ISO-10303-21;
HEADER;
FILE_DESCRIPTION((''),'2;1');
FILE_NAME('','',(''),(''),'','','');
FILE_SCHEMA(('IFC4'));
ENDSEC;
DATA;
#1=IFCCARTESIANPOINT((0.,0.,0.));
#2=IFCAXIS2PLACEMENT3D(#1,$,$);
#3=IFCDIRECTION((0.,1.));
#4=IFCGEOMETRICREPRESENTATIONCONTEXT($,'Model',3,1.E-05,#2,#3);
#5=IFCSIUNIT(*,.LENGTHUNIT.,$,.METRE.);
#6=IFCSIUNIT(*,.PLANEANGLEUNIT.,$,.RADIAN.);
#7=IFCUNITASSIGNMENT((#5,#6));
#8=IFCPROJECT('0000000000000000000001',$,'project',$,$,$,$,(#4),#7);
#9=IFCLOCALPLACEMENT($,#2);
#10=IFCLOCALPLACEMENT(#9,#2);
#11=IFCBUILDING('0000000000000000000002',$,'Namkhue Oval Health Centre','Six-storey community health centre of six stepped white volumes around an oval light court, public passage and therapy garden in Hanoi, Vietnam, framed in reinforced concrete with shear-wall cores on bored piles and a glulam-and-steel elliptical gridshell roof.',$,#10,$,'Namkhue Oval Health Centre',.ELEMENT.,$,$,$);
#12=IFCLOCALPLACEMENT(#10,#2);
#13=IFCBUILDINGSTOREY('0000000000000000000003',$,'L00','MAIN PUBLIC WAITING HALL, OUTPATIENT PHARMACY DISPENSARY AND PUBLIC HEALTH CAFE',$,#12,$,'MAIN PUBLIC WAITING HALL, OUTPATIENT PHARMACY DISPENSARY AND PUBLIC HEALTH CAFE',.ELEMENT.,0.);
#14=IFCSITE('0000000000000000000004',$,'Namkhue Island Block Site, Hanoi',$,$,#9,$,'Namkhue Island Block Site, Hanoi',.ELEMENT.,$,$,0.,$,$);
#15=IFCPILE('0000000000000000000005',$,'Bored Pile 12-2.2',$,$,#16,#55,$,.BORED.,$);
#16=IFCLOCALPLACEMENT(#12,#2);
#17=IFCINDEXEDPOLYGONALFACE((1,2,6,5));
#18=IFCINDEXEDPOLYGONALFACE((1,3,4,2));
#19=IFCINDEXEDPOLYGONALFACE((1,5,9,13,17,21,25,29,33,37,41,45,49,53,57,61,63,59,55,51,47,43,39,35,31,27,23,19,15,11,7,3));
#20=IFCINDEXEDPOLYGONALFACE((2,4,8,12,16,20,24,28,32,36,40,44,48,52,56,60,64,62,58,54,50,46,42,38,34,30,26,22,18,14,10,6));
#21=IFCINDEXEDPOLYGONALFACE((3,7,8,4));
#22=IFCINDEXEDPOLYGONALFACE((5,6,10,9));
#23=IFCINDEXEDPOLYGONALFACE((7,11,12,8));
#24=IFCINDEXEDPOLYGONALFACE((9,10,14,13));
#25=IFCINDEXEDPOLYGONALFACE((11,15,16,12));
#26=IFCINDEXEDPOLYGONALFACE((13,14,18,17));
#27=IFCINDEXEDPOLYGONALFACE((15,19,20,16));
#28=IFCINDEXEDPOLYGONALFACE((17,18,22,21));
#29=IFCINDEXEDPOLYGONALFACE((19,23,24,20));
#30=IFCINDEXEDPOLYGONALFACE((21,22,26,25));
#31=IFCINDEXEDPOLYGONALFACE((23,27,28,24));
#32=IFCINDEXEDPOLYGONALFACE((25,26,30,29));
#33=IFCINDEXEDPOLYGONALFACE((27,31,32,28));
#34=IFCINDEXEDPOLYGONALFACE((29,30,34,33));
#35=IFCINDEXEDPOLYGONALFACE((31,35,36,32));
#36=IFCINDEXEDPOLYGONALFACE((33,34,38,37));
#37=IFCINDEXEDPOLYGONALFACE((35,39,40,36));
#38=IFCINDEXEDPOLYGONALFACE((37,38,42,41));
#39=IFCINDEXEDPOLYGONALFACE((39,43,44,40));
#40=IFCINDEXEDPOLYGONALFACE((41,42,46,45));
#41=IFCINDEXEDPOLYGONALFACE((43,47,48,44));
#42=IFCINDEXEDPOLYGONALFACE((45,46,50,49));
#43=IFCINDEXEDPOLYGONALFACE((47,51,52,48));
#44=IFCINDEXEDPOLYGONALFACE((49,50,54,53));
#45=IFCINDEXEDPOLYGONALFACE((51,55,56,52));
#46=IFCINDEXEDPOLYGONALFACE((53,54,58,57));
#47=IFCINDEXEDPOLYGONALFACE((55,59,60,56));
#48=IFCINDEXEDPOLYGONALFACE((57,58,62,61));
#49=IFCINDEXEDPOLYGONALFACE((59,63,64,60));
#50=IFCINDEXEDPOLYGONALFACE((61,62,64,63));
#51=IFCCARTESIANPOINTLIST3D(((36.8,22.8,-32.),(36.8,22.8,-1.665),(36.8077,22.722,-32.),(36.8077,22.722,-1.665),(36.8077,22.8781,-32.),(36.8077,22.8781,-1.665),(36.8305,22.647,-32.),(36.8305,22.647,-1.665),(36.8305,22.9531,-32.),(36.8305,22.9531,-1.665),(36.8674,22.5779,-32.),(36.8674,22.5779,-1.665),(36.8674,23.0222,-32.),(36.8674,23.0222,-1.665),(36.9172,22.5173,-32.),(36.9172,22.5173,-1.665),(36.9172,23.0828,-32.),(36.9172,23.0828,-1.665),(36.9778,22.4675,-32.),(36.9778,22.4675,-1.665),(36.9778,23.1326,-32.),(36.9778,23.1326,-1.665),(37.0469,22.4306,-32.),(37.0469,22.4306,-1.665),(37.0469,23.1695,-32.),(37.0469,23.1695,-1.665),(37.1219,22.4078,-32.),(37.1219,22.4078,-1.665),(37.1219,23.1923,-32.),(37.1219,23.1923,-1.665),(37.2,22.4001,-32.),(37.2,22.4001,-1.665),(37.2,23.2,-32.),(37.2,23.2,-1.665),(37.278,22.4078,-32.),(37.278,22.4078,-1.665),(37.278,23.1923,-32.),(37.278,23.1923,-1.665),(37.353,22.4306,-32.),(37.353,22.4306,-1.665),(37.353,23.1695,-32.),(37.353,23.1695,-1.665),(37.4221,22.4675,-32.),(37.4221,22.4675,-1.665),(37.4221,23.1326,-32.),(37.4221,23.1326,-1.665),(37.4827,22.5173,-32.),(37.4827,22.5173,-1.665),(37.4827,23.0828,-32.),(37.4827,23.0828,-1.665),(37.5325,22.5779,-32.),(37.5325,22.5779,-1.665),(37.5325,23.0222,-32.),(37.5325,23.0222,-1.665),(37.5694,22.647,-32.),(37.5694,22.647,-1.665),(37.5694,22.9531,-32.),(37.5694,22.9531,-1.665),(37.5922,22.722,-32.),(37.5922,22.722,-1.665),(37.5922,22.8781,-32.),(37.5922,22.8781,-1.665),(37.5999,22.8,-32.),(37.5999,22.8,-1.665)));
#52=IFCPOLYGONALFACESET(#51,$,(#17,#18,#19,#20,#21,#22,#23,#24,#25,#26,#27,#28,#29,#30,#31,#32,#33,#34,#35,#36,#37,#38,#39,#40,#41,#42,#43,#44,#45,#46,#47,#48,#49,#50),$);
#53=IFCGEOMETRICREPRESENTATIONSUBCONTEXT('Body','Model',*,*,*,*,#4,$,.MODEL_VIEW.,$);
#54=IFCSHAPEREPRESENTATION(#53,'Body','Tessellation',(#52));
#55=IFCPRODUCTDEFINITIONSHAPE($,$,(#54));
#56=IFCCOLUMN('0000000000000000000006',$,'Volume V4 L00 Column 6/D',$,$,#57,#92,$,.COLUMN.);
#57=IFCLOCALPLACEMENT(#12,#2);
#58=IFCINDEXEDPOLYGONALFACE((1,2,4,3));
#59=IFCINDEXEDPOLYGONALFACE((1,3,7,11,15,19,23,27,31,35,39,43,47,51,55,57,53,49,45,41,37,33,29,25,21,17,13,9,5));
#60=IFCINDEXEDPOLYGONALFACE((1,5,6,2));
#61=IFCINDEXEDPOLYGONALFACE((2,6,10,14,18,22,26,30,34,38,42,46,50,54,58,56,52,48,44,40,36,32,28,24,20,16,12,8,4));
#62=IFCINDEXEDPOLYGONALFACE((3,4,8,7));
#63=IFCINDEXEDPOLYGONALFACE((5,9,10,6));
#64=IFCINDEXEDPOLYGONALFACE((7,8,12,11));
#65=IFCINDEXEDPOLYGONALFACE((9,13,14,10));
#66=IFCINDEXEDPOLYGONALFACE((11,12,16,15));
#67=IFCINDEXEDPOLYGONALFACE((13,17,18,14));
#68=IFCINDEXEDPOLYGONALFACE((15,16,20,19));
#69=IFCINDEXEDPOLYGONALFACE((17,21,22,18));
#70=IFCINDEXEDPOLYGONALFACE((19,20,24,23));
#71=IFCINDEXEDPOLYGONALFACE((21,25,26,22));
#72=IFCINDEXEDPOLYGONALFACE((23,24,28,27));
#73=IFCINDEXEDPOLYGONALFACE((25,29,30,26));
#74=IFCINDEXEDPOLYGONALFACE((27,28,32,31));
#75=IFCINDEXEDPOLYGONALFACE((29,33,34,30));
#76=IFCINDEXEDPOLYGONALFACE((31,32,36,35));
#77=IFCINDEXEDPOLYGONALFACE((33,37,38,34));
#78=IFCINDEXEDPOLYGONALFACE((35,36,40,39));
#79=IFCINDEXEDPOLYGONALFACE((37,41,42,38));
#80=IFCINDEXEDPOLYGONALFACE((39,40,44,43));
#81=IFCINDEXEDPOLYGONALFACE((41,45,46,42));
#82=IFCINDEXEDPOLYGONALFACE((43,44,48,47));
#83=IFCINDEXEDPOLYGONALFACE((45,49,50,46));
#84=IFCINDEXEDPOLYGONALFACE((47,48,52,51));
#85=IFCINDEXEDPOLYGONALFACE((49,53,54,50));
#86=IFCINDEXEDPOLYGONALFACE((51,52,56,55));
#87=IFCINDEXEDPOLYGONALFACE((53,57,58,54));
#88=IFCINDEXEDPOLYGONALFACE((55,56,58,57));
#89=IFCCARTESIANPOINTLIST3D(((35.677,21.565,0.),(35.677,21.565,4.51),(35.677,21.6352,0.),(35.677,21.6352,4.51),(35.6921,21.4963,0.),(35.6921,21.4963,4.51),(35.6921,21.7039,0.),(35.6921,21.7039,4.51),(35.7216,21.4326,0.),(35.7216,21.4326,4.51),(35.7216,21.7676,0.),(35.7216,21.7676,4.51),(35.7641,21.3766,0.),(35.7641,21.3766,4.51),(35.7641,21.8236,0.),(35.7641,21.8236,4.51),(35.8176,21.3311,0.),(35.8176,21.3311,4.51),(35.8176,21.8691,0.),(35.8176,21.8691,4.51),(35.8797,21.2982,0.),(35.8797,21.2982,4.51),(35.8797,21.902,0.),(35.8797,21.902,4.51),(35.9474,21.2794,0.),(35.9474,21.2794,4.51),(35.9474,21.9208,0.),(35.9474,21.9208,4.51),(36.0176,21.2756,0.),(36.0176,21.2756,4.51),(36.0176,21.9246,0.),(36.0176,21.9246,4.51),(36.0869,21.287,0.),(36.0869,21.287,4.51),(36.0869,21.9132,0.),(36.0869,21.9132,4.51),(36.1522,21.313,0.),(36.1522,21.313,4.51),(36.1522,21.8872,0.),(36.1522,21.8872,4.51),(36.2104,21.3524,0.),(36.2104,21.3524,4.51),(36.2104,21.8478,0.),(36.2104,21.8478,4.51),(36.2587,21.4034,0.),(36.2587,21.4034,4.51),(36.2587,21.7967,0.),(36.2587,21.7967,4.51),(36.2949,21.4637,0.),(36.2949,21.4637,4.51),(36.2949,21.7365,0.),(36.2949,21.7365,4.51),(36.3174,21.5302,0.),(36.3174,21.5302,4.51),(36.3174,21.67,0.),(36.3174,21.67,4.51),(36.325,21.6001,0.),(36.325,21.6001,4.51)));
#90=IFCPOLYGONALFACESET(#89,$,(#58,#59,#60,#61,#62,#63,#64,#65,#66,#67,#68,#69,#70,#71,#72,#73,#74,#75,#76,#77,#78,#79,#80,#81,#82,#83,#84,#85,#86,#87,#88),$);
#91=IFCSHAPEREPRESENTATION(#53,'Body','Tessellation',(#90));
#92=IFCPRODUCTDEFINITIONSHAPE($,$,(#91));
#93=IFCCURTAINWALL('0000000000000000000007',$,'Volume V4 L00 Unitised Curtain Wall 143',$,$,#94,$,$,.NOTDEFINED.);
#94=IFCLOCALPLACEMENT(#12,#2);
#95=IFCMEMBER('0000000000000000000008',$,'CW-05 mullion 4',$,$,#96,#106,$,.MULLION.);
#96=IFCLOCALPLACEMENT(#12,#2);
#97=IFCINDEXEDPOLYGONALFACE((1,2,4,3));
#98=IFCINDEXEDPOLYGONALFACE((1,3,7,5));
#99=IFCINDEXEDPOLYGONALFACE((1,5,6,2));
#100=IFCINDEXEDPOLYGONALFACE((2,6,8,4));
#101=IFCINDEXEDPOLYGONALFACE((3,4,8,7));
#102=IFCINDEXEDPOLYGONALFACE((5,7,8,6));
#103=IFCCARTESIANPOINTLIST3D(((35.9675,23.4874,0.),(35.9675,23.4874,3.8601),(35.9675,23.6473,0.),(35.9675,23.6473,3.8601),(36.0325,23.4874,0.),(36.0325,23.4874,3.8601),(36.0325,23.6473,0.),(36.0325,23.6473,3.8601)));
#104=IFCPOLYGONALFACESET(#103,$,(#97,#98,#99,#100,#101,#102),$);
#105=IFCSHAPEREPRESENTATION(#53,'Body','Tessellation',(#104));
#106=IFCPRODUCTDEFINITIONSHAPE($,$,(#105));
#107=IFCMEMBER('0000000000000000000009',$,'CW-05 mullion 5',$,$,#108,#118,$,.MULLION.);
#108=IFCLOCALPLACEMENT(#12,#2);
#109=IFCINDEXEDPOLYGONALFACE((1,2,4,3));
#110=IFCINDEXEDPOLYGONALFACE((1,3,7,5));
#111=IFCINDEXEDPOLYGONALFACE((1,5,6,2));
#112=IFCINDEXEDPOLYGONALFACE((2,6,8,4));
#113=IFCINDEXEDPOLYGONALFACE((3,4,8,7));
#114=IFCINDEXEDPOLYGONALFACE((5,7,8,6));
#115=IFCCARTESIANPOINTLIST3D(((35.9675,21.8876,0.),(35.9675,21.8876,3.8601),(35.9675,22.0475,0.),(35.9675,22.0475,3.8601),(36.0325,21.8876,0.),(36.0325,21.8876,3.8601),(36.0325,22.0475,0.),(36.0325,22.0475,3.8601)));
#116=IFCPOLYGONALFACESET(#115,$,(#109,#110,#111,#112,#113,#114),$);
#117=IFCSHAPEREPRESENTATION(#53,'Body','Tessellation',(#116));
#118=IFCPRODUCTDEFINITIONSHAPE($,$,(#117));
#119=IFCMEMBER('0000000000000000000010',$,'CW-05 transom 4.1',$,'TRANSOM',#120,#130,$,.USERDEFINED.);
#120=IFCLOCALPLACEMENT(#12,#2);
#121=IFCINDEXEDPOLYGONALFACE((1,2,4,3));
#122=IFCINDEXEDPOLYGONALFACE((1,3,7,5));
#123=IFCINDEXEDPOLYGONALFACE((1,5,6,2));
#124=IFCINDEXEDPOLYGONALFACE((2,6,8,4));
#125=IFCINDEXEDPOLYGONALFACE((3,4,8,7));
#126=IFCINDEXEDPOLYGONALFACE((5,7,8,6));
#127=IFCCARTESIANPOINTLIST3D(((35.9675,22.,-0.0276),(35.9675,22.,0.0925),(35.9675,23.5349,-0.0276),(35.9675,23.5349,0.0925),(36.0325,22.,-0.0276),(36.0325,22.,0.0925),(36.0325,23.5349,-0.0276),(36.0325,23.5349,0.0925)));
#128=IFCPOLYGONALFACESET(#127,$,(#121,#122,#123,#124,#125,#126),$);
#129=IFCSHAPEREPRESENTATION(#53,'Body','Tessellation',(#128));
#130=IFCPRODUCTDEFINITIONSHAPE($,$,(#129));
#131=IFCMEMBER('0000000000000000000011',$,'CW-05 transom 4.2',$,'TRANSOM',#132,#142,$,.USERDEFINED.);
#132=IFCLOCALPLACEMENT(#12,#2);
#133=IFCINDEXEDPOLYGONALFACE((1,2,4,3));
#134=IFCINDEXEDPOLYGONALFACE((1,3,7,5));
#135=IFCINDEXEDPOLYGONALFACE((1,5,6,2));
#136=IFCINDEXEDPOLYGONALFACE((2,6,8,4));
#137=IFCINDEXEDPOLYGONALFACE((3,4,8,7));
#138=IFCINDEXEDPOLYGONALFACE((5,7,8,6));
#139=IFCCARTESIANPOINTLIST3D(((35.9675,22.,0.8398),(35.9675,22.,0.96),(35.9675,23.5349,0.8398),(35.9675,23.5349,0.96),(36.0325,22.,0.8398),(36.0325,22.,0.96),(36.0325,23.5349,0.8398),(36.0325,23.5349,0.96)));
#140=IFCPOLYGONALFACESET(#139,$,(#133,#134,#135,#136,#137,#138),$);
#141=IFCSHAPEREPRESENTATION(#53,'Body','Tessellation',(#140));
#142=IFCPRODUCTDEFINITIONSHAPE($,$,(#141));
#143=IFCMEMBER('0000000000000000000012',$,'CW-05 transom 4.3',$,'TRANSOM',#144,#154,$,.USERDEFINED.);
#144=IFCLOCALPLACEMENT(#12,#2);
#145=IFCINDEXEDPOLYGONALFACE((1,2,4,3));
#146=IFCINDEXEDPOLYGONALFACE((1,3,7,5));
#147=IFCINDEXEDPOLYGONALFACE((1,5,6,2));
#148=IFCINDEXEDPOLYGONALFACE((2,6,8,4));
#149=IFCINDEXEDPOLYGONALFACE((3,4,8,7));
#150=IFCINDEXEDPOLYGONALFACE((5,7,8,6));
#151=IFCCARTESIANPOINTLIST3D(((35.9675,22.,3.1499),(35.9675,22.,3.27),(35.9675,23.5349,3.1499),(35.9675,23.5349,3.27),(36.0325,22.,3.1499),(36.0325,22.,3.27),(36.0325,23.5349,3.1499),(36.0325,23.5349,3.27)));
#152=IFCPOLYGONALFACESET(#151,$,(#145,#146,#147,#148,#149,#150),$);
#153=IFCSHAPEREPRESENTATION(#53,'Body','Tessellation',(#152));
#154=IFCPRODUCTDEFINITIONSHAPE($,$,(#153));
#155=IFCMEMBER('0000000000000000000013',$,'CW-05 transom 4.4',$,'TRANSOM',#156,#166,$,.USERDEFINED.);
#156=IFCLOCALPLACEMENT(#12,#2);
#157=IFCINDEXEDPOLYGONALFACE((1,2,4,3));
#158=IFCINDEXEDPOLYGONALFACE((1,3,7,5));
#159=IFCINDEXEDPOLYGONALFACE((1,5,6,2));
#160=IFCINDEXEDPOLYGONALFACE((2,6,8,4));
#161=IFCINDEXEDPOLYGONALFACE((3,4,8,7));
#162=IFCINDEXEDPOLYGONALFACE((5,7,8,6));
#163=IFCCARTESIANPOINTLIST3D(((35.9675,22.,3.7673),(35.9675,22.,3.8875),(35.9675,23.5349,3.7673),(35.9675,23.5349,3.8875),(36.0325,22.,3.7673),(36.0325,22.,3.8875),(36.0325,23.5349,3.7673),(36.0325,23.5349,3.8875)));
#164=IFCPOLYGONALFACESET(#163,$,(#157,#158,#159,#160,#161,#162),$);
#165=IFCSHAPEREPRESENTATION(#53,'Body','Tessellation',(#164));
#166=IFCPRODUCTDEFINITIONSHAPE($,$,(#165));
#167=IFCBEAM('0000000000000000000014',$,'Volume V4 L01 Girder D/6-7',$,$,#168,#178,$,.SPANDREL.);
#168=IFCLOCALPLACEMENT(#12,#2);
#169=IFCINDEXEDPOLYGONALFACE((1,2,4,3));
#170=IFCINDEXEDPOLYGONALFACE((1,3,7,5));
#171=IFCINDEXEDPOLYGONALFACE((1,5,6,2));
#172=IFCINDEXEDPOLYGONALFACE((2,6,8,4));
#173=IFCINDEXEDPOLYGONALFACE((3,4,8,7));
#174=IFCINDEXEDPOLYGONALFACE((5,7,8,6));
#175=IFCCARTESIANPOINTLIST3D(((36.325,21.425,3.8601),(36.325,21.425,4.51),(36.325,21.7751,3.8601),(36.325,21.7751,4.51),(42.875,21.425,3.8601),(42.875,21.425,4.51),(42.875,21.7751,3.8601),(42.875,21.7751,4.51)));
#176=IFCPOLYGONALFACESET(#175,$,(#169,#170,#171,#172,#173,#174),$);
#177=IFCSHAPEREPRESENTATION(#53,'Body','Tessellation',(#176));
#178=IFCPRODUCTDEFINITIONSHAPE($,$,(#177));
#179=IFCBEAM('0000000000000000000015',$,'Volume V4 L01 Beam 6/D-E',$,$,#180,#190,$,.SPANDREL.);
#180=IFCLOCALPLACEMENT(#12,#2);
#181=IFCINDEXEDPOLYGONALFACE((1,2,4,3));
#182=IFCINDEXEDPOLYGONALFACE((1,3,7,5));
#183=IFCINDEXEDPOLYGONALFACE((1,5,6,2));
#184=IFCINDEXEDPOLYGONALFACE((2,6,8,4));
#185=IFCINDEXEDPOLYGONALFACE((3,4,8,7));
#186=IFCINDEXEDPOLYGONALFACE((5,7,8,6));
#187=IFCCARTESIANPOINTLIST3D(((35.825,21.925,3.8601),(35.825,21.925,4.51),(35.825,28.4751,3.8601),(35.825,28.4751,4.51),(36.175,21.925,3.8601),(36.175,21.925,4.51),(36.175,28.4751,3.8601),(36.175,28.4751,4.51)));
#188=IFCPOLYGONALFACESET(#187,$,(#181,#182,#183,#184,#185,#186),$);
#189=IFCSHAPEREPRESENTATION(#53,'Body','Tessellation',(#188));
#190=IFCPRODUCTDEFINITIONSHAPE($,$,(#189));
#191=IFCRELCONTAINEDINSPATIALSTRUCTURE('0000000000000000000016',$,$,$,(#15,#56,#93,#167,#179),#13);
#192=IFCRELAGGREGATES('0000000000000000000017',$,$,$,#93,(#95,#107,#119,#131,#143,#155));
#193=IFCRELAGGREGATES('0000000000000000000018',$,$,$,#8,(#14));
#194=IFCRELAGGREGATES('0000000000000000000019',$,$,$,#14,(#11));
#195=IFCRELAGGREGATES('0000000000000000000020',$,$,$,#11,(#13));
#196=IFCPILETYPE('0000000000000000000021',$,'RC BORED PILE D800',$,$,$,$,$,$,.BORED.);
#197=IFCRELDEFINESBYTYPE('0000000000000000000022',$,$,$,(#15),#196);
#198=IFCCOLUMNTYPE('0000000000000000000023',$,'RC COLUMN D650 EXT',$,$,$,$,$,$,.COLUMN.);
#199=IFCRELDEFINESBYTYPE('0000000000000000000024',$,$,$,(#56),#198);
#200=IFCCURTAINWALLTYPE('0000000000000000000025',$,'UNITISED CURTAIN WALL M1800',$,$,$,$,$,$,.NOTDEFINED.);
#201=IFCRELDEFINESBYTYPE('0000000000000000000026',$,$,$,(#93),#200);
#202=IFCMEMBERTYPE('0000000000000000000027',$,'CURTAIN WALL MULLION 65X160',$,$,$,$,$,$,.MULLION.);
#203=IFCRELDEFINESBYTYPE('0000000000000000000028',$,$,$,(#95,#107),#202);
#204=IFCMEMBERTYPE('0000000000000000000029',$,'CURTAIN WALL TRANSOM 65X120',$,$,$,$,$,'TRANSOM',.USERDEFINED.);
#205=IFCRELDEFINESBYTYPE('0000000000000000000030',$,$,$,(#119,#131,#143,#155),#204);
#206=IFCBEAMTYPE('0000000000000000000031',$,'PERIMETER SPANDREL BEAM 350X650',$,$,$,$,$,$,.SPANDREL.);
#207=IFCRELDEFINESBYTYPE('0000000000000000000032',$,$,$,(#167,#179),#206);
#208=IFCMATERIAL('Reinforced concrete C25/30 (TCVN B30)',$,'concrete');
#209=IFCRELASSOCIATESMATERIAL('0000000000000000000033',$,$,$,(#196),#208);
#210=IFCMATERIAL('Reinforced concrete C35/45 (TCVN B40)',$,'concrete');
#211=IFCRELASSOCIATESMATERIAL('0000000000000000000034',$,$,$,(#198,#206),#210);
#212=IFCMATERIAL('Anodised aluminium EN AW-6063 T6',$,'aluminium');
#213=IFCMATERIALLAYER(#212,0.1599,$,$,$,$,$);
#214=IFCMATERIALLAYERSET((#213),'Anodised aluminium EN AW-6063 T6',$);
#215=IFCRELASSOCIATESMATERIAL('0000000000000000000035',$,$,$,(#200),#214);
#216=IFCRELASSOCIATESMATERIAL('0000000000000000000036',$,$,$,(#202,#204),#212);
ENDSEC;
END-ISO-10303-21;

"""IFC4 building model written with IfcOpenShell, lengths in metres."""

from ifc_helpers import new_model, si_unit, direction, frame, origin, origin_2d, place, context, subcontext, project, spatial, rectangle, circle, extrude, material, layer, layer_set, material_profile, profile_set, type_object, element, aggregate, save


model = new_model("IFC4")

# Units and contexts
model_context = context("Model", 3, precision=1e-05, world=origin(), true_north=direction((0.0, 1.0)))
body_context = subcontext(model_context, "Body", "Model", "MODEL_VIEW")
ifc_project = project(units=[si_unit("LENGTHUNIT", "METRE"), si_unit("PLANEANGLEUNIT", "RADIAN")], contexts=[model_context])

# Site, building, storey
site_placement = place(None, origin())
site = spatial("IfcSite", under=ifc_project, at=site_placement, Name="Namkhue Island Block Site, Hanoi", LongName="Namkhue Island Block Site, Hanoi", CompositionType="ELEMENT", RefElevation=0.0)
building_placement = place(site_placement, origin())
building = spatial("IfcBuilding", under=site, at=building_placement, Name="Namkhue Oval Health Centre", Description="Six-storey community health centre of six stepped white volumes around an oval light court, public passage and therapy garden in Hanoi, Vietnam, framed in reinforced concrete with shear-wall cores on bored piles and a glulam-and-steel elliptical gridshell roof.", LongName="Namkhue Oval Health Centre", CompositionType="ELEMENT")
storey_placement = place(building_placement, origin())
storey = spatial("IfcBuildingStorey", under=building, at=storey_placement, Name="L00", Description="MAIN PUBLIC WAITING HALL, OUTPATIENT PHARMACY DISPENSARY AND PUBLIC HEALTH CAFE", LongName="MAIN PUBLIC WAITING HALL, OUTPATIENT PHARMACY DISPENSARY AND PUBLIC HEALTH CAFE", CompositionType="ELEMENT", Elevation=0.0)

# Pile
ifc_material_1 = material(Name="Reinforced concrete C25/30 (TCVN B30)", Category="concrete")
ifc_material_profile_1 = material_profile(ifc_material_1, circle(Radius=0.3999, at=origin_2d()), Name="BORED PILE D800")
ifc_profile_set_1 = profile_set([ifc_material_profile_1], Name="Reinforced concrete C25/30 (TCVN B30)")
pile_type = type_object("IfcPileType", Name="RC BORED PILE D800", PredefinedType="BORED", material=ifc_profile_set_1)
for number, where, z_axis, x_axis, name in (
    (1, (37.2, 22.8, -1.665), (0.0, 0.0, -1.0), (1.0, 0.0, 0.0), "Bored Pile 12-2.2"),
):
    element("IfcPile", number, at=place(storey_placement, frame(where, z_axis=z_axis, x_axis=x_axis)), inside=storey, type_object=pile_type, Name=name, PredefinedType="BORED", context=body_context, shape_type="SweptSolid", body=[
        extrude(circle(Radius=0.3999, at=origin_2d()), origin(), (0.0, 0.0, 1.0), 30.335),
    ])

# Column
ifc_material_2 = material(Name="Reinforced concrete C35/45 (TCVN B40)", Category="concrete")
ifc_material_profile_2 = material_profile(ifc_material_2, circle(Radius=0.325, at=origin_2d()), Name="RC D650")
ifc_profile_set_2 = profile_set([ifc_material_profile_2], Name="Reinforced concrete C35/45 (TCVN B40)")
column_type = type_object("IfcColumnType", Name="RC COLUMN D650 EXT", PredefinedType="COLUMN", material=ifc_profile_set_2)
column_placement = place(storey_placement, frame((36.0, 21.6001, 0.0), z_axis=(0.0, 0.0, 1.0), x_axis=(1.0, 0.0, 0.0)))
element("IfcColumn", 2, at=column_placement, inside=storey, type_object=column_type, Name="Volume V4 L00 Column 6/D", PredefinedType="COLUMN", context=body_context, shape_type="SweptSolid", body=[
    extrude(circle(Radius=0.325, at=origin_2d()), origin(), (0.0, 0.0, 1.0), 4.51),
])

# Curtain wall, members
ifc_material_3 = material(Name="Anodised aluminium EN AW-6063 T6", Category="aluminium")
ifc_layer_1 = layer(ifc_material_3, 0.1599)
ifc_layer_set_1 = layer_set([ifc_layer_1], Name="Anodised aluminium EN AW-6063 T6")
curtain_wall_type = type_object("IfcCurtainWallType", Name="UNITISED CURTAIN WALL M1800", PredefinedType="NOTDEFINED", material=ifc_layer_set_1)
curtain_wall_placement = place(storey_placement, origin())
curtain_wall = element("IfcCurtainWall", 3, at=curtain_wall_placement, inside=storey, type_object=curtain_wall_type, Name="Volume V4 L00 Unitised Curtain Wall 143", PredefinedType="NOTDEFINED")
ifc_material_profile_3 = material_profile(ifc_material_3, rectangle(XDim=0.0649, YDim=0.1599, at=origin_2d()), Name="ALU 65x160")
ifc_profile_set_3 = profile_set([ifc_material_profile_3], Name="Anodised aluminium EN AW-6063 T6")
member_type_1 = type_object("IfcMemberType", Name="CURTAIN WALL MULLION 65X160", PredefinedType="MULLION", material=ifc_profile_set_3)
member_1_placement = place(storey_placement, frame((36.0, 23.5674, 0.0), z_axis=(0.0, 0.0, 1.0), x_axis=(1.0, 0.0, 0.0)))
member_1 = element("IfcMember", 4, at=member_1_placement, type_object=member_type_1, Name="CW-05 mullion 4", PredefinedType="MULLION", context=body_context, shape_type="SweptSolid", body=[
    extrude(rectangle(XDim=0.0649, YDim=0.1599, at=origin_2d()), origin(), (0.0, 0.0, 1.0), 3.8601),
])
member_2_placement = place(storey_placement, frame((36.0, 21.9675, 0.0), z_axis=(0.0, 0.0, 1.0), x_axis=(1.0, 0.0, 0.0)))
member_2 = element("IfcMember", 5, at=member_2_placement, type_object=member_type_1, Name="CW-05 mullion 5", PredefinedType="MULLION", context=body_context, shape_type="SweptSolid", body=[
    extrude(rectangle(XDim=0.0649, YDim=0.1599, at=origin_2d()), origin(), (0.0, 0.0, 1.0), 3.8601),
])
ifc_material_profile_4 = material_profile(ifc_material_3, rectangle(XDim=0.0649, YDim=0.1201, at=origin_2d()), Name="ALU 65x120")
ifc_profile_set_4 = profile_set([ifc_material_profile_4], Name="Anodised aluminium EN AW-6063 T6")
member_type_2 = type_object("IfcMemberType", Name="CURTAIN WALL TRANSOM 65X120", ElementType="TRANSOM", PredefinedType="USERDEFINED", material=ifc_profile_set_4)
member_3_placement = place(storey_placement, frame((36.0, 23.5349, 0.0325), z_axis=(0.0, -1.0, 0.0), x_axis=(1.0, 0.0, 0.0)))
member_3 = element("IfcMember", 6, at=member_3_placement, type_object=member_type_2, Name="CW-05 transom 4.1", ObjectType="TRANSOM", PredefinedType="USERDEFINED", context=body_context, shape_type="SweptSolid", body=[
    extrude(rectangle(XDim=0.0649, YDim=0.1201, at=origin_2d()), origin(), (0.0, 0.0, 1.0), 1.5349),
])
member_4_placement = place(storey_placement, frame((36.0, 23.5349, 0.8999), z_axis=(0.0, -1.0, 0.0), x_axis=(1.0, 0.0, 0.0)))
member_4 = element("IfcMember", 7, at=member_4_placement, type_object=member_type_2, Name="CW-05 transom 4.2", ObjectType="TRANSOM", PredefinedType="USERDEFINED", context=body_context, shape_type="SweptSolid", body=[
    extrude(rectangle(XDim=0.0649, YDim=0.1201, at=origin_2d()), origin(), (0.0, 0.0, 1.0), 1.5349),
])
member_5_placement = place(storey_placement, frame((36.0, 23.5349, 3.21), z_axis=(0.0, -1.0, 0.0), x_axis=(1.0, 0.0, 0.0)))
member_5 = element("IfcMember", 8, at=member_5_placement, type_object=member_type_2, Name="CW-05 transom 4.3", ObjectType="TRANSOM", PredefinedType="USERDEFINED", context=body_context, shape_type="SweptSolid", body=[
    extrude(rectangle(XDim=0.0649, YDim=0.1201, at=origin_2d()), origin(), (0.0, 0.0, 1.0), 1.5349),
])
member_6_placement = place(storey_placement, frame((36.0, 23.5349, 3.8274), z_axis=(0.0, -1.0, 0.0), x_axis=(1.0, 0.0, 0.0)))
member_6 = element("IfcMember", 9, at=member_6_placement, type_object=member_type_2, Name="CW-05 transom 4.4", ObjectType="TRANSOM", PredefinedType="USERDEFINED", context=body_context, shape_type="SweptSolid", body=[
    extrude(rectangle(XDim=0.0649, YDim=0.1201, at=origin_2d()), origin(), (0.0, 0.0, 1.0), 1.5349),
])

# Beams
ifc_material_profile_5 = material_profile(ifc_material_2, rectangle(XDim=0.3501, YDim=0.6499, at=origin_2d()), Name="RC 350x650")
ifc_profile_set_5 = profile_set([ifc_material_profile_5], Name="Reinforced concrete C35/45 (TCVN B40)")
beam_type = type_object("IfcBeamType", Name="PERIMETER SPANDREL BEAM 350X650", PredefinedType="SPANDREL", material=ifc_profile_set_5)
for number, where, z_axis, x_axis, name in (
    (10, (36.325, 21.6001, 4.1851), (1.0, 0.0, 0.0), (0.0, 1.0, 0.0), "Volume V4 L01 Girder D/6-7"),
    (11, (36.0, 21.925, 4.1851), (0.0, 1.0, 0.0), (-1.0, 0.0, 0.0), "Volume V4 L01 Beam 6/D-E"),
):
    element("IfcBeam", number, at=place(storey_placement, frame(where, z_axis=z_axis, x_axis=x_axis)), inside=storey, type_object=beam_type, Name=name, PredefinedType="SPANDREL", context=body_context, shape_type="SweptSolid", body=[
        extrude(rectangle(XDim=0.3501, YDim=0.6499, at=origin_2d()), origin(), (0.0, 0.0, 1.0), 6.55),
    ])

aggregate(curtain_wall, [member_1, member_2, member_3, member_4, member_5, member_6])

save(model, "model.ifc")
